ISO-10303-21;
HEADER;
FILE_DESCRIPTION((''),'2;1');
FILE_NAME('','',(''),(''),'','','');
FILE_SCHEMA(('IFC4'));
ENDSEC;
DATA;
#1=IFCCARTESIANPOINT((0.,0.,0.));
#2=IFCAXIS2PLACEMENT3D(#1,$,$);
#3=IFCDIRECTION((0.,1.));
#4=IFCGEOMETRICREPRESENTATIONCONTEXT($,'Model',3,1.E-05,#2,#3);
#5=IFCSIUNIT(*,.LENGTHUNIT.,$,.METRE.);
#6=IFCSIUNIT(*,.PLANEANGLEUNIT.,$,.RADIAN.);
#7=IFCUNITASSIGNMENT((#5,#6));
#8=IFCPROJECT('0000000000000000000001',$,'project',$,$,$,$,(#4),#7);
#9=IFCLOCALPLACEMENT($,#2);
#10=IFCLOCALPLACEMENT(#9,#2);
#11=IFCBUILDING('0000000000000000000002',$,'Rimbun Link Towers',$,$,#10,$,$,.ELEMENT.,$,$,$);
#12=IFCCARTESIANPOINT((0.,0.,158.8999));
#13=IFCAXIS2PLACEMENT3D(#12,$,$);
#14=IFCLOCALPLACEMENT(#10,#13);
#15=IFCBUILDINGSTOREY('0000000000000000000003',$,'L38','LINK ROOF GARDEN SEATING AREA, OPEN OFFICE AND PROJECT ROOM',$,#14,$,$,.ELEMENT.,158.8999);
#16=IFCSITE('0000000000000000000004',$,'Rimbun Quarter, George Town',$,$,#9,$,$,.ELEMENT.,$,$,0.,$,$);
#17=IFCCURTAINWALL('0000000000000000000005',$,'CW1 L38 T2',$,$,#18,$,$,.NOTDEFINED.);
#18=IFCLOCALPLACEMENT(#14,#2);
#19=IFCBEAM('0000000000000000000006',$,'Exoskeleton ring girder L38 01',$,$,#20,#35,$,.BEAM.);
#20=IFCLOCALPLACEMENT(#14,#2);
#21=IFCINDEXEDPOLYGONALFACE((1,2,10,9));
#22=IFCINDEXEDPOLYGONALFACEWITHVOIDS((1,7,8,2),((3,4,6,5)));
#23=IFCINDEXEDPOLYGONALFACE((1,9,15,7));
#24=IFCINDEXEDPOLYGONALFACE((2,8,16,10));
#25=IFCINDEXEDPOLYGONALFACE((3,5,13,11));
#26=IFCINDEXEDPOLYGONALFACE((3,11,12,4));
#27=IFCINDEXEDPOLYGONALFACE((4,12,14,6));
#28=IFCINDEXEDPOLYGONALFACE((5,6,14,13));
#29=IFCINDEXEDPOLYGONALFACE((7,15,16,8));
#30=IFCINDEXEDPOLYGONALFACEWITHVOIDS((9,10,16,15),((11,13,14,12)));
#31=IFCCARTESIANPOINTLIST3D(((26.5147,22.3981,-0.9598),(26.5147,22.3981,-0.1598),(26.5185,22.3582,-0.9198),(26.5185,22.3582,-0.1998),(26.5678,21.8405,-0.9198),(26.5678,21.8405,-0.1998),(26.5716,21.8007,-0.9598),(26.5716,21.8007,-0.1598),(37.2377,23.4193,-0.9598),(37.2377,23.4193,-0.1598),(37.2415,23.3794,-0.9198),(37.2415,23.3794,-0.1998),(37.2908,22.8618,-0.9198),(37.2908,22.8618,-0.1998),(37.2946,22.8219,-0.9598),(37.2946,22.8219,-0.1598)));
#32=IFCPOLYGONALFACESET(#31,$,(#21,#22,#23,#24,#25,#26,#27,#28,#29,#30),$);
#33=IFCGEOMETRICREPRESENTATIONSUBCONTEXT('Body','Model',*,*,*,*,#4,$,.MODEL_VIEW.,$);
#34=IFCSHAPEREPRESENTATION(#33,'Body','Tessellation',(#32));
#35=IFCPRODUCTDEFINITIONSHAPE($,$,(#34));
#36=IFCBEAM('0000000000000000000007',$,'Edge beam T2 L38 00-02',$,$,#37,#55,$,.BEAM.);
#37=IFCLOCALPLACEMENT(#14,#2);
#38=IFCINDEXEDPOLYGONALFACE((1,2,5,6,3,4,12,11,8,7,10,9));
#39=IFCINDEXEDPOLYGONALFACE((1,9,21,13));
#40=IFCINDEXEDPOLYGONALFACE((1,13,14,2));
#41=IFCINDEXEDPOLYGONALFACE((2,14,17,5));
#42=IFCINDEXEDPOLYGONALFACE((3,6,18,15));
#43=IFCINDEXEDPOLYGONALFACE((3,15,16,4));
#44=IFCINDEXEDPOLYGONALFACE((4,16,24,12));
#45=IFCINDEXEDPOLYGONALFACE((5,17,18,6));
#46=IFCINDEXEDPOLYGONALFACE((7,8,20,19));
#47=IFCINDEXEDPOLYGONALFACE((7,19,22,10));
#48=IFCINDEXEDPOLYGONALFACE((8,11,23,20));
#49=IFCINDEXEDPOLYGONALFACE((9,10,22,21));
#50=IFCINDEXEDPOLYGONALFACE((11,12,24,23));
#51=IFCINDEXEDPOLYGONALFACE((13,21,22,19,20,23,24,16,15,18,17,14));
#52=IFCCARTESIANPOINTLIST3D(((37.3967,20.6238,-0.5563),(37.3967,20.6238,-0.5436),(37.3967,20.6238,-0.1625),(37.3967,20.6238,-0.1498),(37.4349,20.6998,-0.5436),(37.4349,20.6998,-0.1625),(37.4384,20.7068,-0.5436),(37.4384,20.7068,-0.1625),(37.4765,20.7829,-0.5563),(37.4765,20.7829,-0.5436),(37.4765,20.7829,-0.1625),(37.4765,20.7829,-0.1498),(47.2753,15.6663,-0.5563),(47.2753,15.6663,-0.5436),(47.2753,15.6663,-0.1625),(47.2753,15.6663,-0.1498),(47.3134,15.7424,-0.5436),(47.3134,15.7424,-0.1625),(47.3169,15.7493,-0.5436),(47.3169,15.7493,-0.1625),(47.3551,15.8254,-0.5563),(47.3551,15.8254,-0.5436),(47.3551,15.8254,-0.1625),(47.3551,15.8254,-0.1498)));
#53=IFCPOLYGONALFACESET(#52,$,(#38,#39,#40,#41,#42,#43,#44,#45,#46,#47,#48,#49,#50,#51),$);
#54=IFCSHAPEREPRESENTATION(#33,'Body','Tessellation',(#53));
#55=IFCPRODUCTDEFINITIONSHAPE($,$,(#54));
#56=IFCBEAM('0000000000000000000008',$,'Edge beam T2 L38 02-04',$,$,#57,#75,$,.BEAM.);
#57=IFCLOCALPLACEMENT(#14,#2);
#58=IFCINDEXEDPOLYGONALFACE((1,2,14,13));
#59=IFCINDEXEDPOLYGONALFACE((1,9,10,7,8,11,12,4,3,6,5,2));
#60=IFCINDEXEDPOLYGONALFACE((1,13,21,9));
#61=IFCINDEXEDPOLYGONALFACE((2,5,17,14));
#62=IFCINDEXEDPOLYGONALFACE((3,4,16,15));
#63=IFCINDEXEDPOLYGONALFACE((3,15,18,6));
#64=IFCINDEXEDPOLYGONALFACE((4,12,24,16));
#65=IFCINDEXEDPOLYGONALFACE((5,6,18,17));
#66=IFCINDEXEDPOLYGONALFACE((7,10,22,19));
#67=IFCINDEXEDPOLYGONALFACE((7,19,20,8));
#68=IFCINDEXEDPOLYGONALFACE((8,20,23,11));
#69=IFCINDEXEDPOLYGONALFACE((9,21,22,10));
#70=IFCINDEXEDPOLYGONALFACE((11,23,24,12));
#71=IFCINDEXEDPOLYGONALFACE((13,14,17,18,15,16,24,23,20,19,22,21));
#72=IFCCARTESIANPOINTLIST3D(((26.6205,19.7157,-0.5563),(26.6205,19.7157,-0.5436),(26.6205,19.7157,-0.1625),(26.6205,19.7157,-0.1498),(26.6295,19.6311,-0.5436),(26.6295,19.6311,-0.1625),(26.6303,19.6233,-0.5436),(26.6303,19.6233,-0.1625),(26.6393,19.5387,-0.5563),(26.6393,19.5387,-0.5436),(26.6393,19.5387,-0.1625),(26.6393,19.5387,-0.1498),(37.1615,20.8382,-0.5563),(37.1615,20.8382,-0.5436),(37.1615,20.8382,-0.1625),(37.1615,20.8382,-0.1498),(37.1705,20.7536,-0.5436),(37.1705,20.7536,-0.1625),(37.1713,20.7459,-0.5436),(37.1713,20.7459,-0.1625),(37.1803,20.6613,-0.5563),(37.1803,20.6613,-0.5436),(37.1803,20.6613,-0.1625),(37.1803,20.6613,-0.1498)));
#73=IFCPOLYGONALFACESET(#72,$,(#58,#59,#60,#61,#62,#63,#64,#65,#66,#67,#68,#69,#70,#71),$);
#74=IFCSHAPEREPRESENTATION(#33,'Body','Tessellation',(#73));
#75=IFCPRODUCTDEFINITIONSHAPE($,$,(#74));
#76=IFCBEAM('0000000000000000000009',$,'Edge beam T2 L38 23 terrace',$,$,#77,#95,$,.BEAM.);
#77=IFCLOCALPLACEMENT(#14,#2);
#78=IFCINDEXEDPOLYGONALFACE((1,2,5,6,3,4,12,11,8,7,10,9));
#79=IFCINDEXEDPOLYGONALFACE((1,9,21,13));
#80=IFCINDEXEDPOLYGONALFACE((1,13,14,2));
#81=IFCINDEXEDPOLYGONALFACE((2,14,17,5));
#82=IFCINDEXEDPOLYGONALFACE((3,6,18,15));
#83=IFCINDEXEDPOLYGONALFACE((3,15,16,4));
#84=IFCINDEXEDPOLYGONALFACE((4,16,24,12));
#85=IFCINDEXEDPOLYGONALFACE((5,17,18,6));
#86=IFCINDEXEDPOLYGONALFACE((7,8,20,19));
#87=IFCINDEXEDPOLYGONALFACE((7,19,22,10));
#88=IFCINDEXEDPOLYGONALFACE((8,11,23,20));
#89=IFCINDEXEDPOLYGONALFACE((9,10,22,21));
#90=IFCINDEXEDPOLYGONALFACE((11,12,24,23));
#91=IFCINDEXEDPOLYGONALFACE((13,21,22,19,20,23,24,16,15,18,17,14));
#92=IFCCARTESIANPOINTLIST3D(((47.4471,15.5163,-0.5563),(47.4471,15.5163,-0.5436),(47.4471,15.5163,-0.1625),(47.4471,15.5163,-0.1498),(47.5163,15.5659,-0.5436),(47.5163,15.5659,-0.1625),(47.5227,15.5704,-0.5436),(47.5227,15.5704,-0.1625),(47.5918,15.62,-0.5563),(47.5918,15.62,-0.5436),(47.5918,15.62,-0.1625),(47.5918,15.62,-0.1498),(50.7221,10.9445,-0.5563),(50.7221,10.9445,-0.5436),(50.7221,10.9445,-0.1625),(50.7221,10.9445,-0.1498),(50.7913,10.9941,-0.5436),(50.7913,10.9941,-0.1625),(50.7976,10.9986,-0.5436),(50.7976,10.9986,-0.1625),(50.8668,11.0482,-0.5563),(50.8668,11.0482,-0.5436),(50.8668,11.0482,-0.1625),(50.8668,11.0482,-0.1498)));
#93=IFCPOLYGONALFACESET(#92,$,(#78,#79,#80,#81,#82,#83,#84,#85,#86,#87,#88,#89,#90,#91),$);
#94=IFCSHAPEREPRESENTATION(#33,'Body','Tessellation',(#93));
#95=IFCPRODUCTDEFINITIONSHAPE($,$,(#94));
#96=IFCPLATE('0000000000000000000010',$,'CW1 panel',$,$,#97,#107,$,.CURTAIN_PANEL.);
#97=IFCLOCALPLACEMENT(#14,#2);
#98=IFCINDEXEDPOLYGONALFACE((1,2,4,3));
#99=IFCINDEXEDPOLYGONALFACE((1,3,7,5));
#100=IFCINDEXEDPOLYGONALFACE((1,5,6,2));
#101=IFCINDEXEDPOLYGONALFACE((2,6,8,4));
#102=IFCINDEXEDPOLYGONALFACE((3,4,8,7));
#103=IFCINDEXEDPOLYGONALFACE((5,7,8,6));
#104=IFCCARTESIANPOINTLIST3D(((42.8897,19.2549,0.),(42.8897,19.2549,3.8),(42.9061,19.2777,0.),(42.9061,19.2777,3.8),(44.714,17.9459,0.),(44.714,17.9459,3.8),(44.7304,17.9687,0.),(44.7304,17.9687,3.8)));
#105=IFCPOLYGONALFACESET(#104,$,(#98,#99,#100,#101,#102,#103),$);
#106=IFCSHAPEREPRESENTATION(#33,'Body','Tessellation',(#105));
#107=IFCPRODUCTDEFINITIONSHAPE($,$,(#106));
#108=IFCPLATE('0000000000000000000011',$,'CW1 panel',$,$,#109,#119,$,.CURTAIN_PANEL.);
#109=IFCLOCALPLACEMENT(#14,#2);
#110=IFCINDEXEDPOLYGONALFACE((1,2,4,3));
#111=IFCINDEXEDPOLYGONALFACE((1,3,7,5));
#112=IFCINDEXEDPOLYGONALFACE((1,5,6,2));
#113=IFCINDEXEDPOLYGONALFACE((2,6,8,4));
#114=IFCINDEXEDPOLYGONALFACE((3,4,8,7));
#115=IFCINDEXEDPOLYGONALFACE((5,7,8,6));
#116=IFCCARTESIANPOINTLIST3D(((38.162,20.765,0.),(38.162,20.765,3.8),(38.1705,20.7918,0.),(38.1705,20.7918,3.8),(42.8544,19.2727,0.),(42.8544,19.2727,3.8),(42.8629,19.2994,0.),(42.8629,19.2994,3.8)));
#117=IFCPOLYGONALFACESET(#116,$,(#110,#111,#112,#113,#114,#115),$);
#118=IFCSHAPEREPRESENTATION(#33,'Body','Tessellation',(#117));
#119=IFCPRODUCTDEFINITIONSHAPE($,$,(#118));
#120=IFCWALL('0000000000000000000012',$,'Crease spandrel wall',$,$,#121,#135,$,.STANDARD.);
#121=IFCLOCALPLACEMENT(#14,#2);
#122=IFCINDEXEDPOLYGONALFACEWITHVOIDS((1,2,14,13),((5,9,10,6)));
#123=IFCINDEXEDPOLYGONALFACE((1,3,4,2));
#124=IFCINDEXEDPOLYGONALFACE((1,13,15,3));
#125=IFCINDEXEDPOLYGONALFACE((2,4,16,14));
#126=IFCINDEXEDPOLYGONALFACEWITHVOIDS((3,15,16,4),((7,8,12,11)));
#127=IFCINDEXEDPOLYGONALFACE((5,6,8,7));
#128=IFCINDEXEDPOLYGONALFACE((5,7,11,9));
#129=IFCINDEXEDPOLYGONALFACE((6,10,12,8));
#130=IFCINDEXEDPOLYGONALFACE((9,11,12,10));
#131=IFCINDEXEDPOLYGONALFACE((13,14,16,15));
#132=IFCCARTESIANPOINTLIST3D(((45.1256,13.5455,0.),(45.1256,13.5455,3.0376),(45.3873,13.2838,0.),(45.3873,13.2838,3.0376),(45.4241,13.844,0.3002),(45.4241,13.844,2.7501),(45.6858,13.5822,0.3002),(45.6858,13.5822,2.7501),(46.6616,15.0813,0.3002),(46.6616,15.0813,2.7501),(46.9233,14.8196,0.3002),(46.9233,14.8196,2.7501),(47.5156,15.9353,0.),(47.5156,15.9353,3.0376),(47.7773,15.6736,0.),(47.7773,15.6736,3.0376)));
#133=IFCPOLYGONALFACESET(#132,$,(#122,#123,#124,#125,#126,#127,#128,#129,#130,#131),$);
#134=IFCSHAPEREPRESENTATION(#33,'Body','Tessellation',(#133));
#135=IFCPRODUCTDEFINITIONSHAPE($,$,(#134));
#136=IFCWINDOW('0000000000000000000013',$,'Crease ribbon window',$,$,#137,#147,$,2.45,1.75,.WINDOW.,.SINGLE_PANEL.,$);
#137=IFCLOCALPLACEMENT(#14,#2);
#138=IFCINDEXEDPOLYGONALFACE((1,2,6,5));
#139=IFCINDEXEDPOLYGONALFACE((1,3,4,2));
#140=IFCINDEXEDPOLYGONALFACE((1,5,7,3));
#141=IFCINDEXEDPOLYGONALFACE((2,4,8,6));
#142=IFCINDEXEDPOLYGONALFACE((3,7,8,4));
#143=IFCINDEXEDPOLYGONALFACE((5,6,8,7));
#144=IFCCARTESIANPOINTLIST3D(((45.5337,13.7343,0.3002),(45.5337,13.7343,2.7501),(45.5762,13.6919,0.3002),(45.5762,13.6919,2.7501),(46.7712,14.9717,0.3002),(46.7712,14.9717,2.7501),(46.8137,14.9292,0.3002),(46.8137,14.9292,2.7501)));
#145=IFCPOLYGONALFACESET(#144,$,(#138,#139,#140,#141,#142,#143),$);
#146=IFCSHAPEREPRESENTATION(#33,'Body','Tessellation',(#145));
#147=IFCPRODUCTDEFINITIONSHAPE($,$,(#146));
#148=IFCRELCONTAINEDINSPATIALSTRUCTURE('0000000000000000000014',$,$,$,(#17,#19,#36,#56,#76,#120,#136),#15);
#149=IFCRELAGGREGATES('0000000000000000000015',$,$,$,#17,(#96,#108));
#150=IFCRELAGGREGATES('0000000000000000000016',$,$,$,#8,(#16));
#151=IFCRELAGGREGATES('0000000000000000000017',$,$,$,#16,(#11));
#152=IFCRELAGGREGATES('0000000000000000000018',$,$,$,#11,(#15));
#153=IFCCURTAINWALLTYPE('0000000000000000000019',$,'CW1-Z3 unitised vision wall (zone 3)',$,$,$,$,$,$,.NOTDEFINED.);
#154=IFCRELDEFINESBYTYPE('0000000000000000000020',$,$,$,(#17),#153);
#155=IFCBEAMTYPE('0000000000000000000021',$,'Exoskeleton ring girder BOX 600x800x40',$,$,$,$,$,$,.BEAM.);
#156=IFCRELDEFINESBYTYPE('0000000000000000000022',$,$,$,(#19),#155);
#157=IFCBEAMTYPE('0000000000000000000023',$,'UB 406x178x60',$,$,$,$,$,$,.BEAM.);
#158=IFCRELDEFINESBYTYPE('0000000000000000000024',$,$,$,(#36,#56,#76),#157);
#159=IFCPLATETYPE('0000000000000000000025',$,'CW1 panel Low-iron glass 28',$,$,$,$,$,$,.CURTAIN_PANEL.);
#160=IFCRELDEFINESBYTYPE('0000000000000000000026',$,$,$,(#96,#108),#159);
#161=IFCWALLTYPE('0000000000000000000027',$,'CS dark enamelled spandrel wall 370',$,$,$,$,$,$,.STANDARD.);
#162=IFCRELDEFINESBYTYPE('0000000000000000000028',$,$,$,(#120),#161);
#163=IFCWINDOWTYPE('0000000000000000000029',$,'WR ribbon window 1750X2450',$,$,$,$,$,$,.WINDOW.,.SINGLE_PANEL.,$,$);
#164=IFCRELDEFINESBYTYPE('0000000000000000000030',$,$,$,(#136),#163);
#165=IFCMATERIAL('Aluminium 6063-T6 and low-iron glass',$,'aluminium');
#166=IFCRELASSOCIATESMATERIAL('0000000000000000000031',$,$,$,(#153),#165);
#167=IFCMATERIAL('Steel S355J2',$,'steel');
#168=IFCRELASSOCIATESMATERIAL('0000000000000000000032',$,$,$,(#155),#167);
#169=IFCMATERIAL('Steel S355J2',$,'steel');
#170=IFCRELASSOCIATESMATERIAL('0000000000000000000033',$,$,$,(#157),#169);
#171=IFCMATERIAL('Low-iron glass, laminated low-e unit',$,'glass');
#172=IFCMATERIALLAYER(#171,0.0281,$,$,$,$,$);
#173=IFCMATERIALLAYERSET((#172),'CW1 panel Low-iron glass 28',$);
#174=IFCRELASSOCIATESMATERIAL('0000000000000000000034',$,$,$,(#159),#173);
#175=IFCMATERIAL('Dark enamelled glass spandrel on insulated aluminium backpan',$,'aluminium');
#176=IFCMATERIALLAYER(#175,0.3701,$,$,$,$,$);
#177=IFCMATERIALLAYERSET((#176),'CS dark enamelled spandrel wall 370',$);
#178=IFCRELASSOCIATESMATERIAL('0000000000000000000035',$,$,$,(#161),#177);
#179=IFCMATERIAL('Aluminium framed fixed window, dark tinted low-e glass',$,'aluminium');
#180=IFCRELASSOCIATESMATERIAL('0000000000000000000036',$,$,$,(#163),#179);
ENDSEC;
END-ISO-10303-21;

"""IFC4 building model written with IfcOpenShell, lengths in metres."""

from ifc_helpers import new_model, si_unit, direction, frame, frame_2d, origin, origin_2d, place, context, subcontext, project, spatial, rectangle, hollow_rectangle, i_section, extrude, material, layer, layer_set, material_profile, profile_set, type_object, element, fill, aggregate, save


model = new_model("IFC4")

# Units and contexts
model_context = context("Model", 3, precision=1e-05, world=origin(), true_north=direction((0.0, 1.0)))
body_context = subcontext(model_context, "Body", "Model", "MODEL_VIEW")
ifc_project = project(units=[si_unit("LENGTHUNIT", "METRE"), si_unit("PLANEANGLEUNIT", "RADIAN")], contexts=[model_context])

# Site, building, storey
site_placement = place(None, origin())
site = spatial("IfcSite", under=ifc_project, at=site_placement, Name="Rimbun Quarter, George Town", CompositionType="ELEMENT", RefElevation=0.0)
building_placement = place(site_placement, origin())
building = spatial("IfcBuilding", under=site, at=building_placement, Name="Rimbun Link Towers", CompositionType="ELEMENT")
storey_placement = place(building_placement, frame((0.0, 0.0, 158.8999)))
storey = spatial("IfcBuildingStorey", under=building, at=storey_placement, Name="L38", Description="LINK ROOF GARDEN SEATING AREA, OPEN OFFICE AND PROJECT ROOM", CompositionType="ELEMENT", Elevation=158.8999)

# Curtain wall
ifc_material_1 = material(Name="Aluminium 6063-T6 and low-iron glass", Category="aluminium")
curtain_wall_type = type_object("IfcCurtainWallType", Name="CW1-Z3 unitised vision wall (zone 3)", PredefinedType="NOTDEFINED", material=ifc_material_1)
curtain_wall_placement = place(storey_placement, origin())
curtain_wall = element("IfcCurtainWall", 1, at=curtain_wall_placement, inside=storey, type_object=curtain_wall_type, Name="CW1 L38 T2", PredefinedType="NOTDEFINED")

# Beams
ifc_material_2 = material(Name="Steel S355J2", Category="steel")
ifc_material_profile_1 = material_profile(ifc_material_2, hollow_rectangle(XDim=0.6001, YDim=0.8, WallThickness=0.04, at=origin_2d()), Name="Exoskeleton ring girder BOX 600x800x40")
ifc_profile_set_1 = profile_set([ifc_material_profile_1], Name="Steel S355J2")
beam_type_1 = type_object("IfcBeamType", Name="Exoskeleton ring girder BOX 600x800x40", PredefinedType="BEAM", material=ifc_profile_set_1)
beam_1_placement = place(storey_placement, frame((37.2661, 23.1206, -0.5598), z_axis=(-0.995495, -0.09481, 0.0), x_axis=(0.09481, -0.995495, 0.0)))
element("IfcBeam", 2, at=beam_1_placement, inside=storey, type_object=beam_type_1, Name="Exoskeleton ring girder L38 01", PredefinedType="BEAM", context=body_context, shape_type="SweptSolid", body=[
    extrude(hollow_rectangle(XDim=0.6001, YDim=0.8, WallThickness=0.04, at=origin_2d()), origin(), (0.0, 0.0, 1.0), 10.7715),
])
ifc_material_3 = material(Name="Steel S355J2", Category="steel")
ifc_material_profile_2 = material_profile(ifc_material_3, i_section(OverallWidth=0.178, OverallDepth=0.4065, WebThickness=0.0078, FlangeThickness=0.0127, at=origin_2d()), Name="UB 406x178x60")
ifc_profile_set_2 = profile_set([ifc_material_profile_2], Name="Steel S355J2")
beam_type_2 = type_object("IfcBeamType", Name="UB 406x178x60", PredefinedType="BEAM", material=ifc_profile_set_2)
beam_2_placement = place(storey_placement, frame((47.3152, 15.7458, -0.353), z_axis=(-0.893768, 0.44853, 0.0), x_axis=(-0.44853, -0.893768, 0.0)))
element("IfcBeam", 3, at=beam_2_placement, inside=storey, type_object=beam_type_2, Name="Edge beam T2 L38 00-02", PredefinedType="BEAM", context=body_context, shape_type="SweptSolid", body=[
    extrude(i_section(OverallWidth=0.178, OverallDepth=0.4065, WebThickness=0.0078, FlangeThickness=0.0127, at=origin_2d()), origin(), (0.0, 0.0, 1.0), 11.0527),
])
beam_3_placement = place(storey_placement, frame((37.1709, 20.7498, -0.353), z_axis=(-0.994377, -0.105896, 0.0), x_axis=(0.105896, -0.994377, 0.0)))
element("IfcBeam", 4, at=beam_3_placement, inside=storey, type_object=beam_type_2, Name="Edge beam T2 L38 02-04", PredefinedType="BEAM", context=body_context, shape_type="SweptSolid", body=[
    extrude(i_section(OverallWidth=0.178, OverallDepth=0.4065, WebThickness=0.0078, FlangeThickness=0.0127, at=origin_2d()), origin(), (0.0, 0.0, 1.0), 10.6006),
])
beam_4_placement = place(storey_placement, frame((50.7944, 10.9963, -0.353), z_axis=(-0.582338, 0.812947, 0.0), x_axis=(-0.812947, -0.582338, 0.0)))
element("IfcBeam", 5, at=beam_4_placement, inside=storey, type_object=beam_type_2, Name="Edge beam T2 L38 23 terrace", PredefinedType="BEAM", context=body_context, shape_type="SweptSolid", body=[
    extrude(i_section(OverallWidth=0.178, OverallDepth=0.4065, WebThickness=0.0078, FlangeThickness=0.0127, at=origin_2d()), origin(), (0.0, 0.0, 1.0), 5.6238),
])

# Plates
ifc_material_4 = material(Name="Low-iron glass, laminated low-e unit", Category="glass")
ifc_layer_1 = layer(ifc_material_4, 0.0281)
ifc_layer_set_1 = layer_set([ifc_layer_1], Name="CW1 panel Low-iron glass 28")
plate_type = type_object("IfcPlateType", Name="CW1 panel Low-iron glass 28", PredefinedType="CURTAIN_PANEL", material=ifc_layer_set_1)
plate_1_placement = place(storey_placement, frame((43.8101, 18.6118, 0.0), z_axis=(0.0, 0.0, 1.0), x_axis=(0.812469, -0.583004, 0.0)))
plate_1 = element("IfcPlate", 6, at=plate_1_placement, type_object=plate_type, Name="CW1 panel", PredefinedType="CURTAIN_PANEL", context=body_context, shape_type="SweptSolid", body=[
    extrude(rectangle(XDim=2.2454, YDim=0.0281, at=origin_2d()), origin(), (0.0, 0.0, 1.0), 3.8),
])
plate_2_placement = place(storey_placement, frame((40.5125, 20.0322, 0.0), z_axis=(0.0, 0.0, 1.0), x_axis=(0.952965, -0.303082, 0.0)))
plate_2 = element("IfcPlate", 7, at=plate_2_placement, type_object=plate_type, Name="CW1 panel", PredefinedType="CURTAIN_PANEL", context=body_context, shape_type="SweptSolid", body=[
    extrude(rectangle(XDim=4.9241, YDim=0.0281, at=origin_2d()), origin(), (0.0, 0.0, 1.0), 3.8),
])
aggregate(curtain_wall, [plate_1, plate_2])

# Wall, opening, window
ifc_material_5 = material(Name="Dark enamelled glass spandrel on insulated aluminium backpan", Category="aluminium")
ifc_layer_2 = layer(ifc_material_5, 0.3701)
ifc_layer_set_2 = layer_set([ifc_layer_2], Name="CS dark enamelled spandrel wall 370")
wall_type_1 = type_object("IfcWallType", Name="CS dark enamelled spandrel wall 370", PredefinedType="STANDARD", material=ifc_layer_set_2)
wall_1_placement = place(storey_placement, frame((47.6465, 15.8044, 0.0), z_axis=(0.0, 0.0, 1.0), x_axis=(-0.707143, -0.707071, 0.0)))
wall_1 = element("IfcWall", 8, at=wall_1_placement, inside=storey, type_object=wall_type_1, Name="Crease spandrel wall", PredefinedType="STANDARD", context=body_context, shape_type="SweptSolid", body=[
    extrude(rectangle(XDim=3.3799, YDim=0.3701, at=frame_2d((1.6899, 0.0))), origin(), (0.0, 0.0, 1.0), 3.0376),
])
opening_1_placement = place(wall_1_placement, frame((1.2078, 0.0, 0.3)))
opening_1 = element("IfcOpeningElement", 9, at=opening_1_placement, cuts=wall_1, PredefinedType="OPENING", context=body_context, shape_type="SweptSolid", body=[
    extrude(rectangle(XDim=1.75, YDim=2.45, at=frame_2d((0.875, 1.2251))), frame((0.0, 0.1951, 0.0), z_axis=(0.0, -1.0, 0.0), x_axis=(1.0, 0.0, 0.0)), (0.0, 0.0, 1.0), 0.3901),
])
ifc_material_6 = material(Name="Aluminium framed fixed window, dark tinted low-e glass", Category="aluminium")
window_type_1 = type_object("IfcWindowType", Name="WR ribbon window 1750X2450", PartitioningType="SINGLE_PANEL", PredefinedType="WINDOW", material=ifc_material_6)
window_1_placement = place(opening_1_placement, origin())
window_1 = element("IfcWindow", 10, at=window_1_placement, inside=storey, type_object=window_type_1, Name="Crease ribbon window", OverallHeight=2.45, OverallWidth=1.75, PartitioningType="SINGLE_PANEL", PredefinedType="WINDOW", context=body_context, shape_type="SweptSolid", body=[
    extrude(rectangle(XDim=1.75, YDim=2.45, at=frame_2d((0.875, 1.2251))), frame((0.0, 0.03, 0.0), z_axis=(0.0, -1.0, 0.0), x_axis=(1.0, 0.0, 0.0)), (0.0, 0.0, 1.0), 0.0601),
])
fill(opening_1, window_1)

save(model, "model.ifc")
